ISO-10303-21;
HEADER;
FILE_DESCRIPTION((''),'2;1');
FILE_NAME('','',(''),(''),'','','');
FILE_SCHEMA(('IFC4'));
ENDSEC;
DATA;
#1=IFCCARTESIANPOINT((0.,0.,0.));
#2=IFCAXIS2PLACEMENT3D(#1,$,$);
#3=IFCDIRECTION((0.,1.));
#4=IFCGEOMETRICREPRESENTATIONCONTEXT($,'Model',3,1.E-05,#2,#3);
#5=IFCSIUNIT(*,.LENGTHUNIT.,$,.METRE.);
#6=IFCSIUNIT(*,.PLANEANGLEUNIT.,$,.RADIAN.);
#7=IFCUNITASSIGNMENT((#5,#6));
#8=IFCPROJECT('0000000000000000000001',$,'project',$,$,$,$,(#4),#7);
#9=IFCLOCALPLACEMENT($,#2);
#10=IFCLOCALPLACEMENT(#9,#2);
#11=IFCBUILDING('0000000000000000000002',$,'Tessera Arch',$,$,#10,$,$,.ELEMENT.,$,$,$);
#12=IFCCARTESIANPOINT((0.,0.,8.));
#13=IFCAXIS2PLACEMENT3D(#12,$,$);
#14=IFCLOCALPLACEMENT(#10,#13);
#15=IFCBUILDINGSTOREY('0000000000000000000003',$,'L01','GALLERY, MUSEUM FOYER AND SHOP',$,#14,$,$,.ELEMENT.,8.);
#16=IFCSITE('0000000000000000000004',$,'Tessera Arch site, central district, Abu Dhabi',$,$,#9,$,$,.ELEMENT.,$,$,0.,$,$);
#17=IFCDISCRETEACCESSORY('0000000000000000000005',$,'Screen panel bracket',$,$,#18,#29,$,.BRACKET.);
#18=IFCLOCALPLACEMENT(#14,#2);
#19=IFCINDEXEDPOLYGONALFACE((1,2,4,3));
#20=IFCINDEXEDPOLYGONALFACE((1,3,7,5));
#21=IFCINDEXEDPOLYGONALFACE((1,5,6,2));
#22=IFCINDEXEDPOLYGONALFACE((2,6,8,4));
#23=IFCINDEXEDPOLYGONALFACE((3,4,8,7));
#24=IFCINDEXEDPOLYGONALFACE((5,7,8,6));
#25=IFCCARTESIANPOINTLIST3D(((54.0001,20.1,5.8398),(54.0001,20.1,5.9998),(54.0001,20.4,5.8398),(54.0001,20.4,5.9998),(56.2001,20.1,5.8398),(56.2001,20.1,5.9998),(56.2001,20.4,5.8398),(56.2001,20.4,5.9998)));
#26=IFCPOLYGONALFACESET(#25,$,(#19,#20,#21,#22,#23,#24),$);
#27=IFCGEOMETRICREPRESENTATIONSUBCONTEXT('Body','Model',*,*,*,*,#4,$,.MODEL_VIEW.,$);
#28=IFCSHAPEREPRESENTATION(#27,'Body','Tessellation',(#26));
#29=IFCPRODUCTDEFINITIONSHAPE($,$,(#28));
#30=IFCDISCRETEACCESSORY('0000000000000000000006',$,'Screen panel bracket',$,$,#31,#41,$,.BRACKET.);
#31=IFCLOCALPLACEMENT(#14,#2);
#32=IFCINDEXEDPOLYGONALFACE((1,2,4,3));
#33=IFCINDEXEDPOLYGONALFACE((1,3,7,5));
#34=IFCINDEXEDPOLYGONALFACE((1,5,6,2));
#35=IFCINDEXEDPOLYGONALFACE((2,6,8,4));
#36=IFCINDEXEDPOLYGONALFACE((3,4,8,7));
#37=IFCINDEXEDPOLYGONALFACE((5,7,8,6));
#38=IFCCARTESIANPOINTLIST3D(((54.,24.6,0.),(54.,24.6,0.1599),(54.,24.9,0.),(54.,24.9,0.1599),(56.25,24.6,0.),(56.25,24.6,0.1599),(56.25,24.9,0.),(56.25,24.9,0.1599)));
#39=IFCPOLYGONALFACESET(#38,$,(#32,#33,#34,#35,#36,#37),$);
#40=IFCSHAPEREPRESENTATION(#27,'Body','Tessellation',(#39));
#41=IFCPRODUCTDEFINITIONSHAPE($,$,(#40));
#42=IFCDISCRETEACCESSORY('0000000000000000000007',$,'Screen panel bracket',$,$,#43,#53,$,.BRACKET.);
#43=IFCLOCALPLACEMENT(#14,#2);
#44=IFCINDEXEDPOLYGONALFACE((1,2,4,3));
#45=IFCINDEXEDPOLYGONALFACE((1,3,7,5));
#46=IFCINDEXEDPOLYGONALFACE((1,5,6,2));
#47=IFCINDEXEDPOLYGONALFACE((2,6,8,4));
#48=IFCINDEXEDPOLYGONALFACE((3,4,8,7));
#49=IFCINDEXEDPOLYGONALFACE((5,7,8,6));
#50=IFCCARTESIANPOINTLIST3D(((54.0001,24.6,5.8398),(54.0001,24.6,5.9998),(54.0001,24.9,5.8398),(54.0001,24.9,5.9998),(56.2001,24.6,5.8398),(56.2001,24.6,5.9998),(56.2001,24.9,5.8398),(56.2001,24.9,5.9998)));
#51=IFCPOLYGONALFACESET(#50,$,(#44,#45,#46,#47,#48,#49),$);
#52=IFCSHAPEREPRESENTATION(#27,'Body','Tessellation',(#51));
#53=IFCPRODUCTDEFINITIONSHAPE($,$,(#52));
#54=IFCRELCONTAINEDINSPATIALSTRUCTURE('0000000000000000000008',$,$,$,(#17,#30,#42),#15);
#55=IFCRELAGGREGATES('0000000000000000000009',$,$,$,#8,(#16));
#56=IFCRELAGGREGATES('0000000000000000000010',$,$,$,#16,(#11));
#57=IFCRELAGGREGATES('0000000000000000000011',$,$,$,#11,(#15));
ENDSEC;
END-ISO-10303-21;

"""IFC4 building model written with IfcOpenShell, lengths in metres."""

from ifc_helpers import new_model, si_unit, direction, frame, origin, origin_2d, place, context, subcontext, project, spatial, rectangle, extrude, element, save


model = new_model("IFC4")

# Units and contexts
model_context = context("Model", 3, precision=1e-05, world=origin(), true_north=direction((0.0, 1.0)))
body_context = subcontext(model_context, "Body", "Model", "MODEL_VIEW")
ifc_project = project(units=[si_unit("LENGTHUNIT", "METRE"), si_unit("PLANEANGLEUNIT", "RADIAN")], contexts=[model_context])

# Site, building, storey
site_placement = place(None, origin())
site = spatial("IfcSite", under=ifc_project, at=site_placement, Name="Tessera Arch site, central district, Abu Dhabi", CompositionType="ELEMENT", RefElevation=0.0)
building_placement = place(site_placement, origin())
building = spatial("IfcBuilding", under=site, at=building_placement, Name="Tessera Arch", CompositionType="ELEMENT")
storey_placement = place(building_placement, frame((0.0, 0.0, 8.0)))
storey = spatial("IfcBuildingStorey", under=building, at=storey_placement, Name="L01", Description="GALLERY, MUSEUM FOYER AND SHOP", CompositionType="ELEMENT", Elevation=8.0)

# Discrete accessories
discrete_accessory_1_placement = place(storey_placement, frame((55.1001, 20.25, 5.8398), z_axis=(0.0, 0.0, 1.0), x_axis=(1.0, 0.0, 0.0)))
element("IfcDiscreteAccessory", 1, at=discrete_accessory_1_placement, inside=storey, Name="Screen panel bracket", PredefinedType="BRACKET", context=body_context, shape_type="SweptSolid", body=[
    extrude(rectangle(XDim=2.2, YDim=0.3, at=origin_2d()), origin(), (0.0, 0.0, 1.0), 0.1599),
])
discrete_accessory_2_placement = place(storey_placement, frame((55.125, 24.75, 0.0), z_axis=(0.0, 0.0, 1.0), x_axis=(1.0, 0.0, 0.0)))
element("IfcDiscreteAccessory", 2, at=discrete_accessory_2_placement, inside=storey, Name="Screen panel bracket", PredefinedType="BRACKET", context=body_context, shape_type="SweptSolid", body=[
    extrude(rectangle(XDim=2.25, YDim=0.3, at=origin_2d()), origin(), (0.0, 0.0, 1.0), 0.1599),
])
discrete_accessory_3_placement = place(storey_placement, frame((55.1001, 24.75, 5.8398), z_axis=(0.0, 0.0, 1.0), x_axis=(1.0, 0.0, 0.0)))
element("IfcDiscreteAccessory", 3, at=discrete_accessory_3_placement, inside=storey, Name="Screen panel bracket", PredefinedType="BRACKET", context=body_context, shape_type="SweptSolid", body=[
    extrude(rectangle(XDim=2.2, YDim=0.3, at=origin_2d()), origin(), (0.0, 0.0, 1.0), 0.1599),
])

save(model, "model.ifc")
